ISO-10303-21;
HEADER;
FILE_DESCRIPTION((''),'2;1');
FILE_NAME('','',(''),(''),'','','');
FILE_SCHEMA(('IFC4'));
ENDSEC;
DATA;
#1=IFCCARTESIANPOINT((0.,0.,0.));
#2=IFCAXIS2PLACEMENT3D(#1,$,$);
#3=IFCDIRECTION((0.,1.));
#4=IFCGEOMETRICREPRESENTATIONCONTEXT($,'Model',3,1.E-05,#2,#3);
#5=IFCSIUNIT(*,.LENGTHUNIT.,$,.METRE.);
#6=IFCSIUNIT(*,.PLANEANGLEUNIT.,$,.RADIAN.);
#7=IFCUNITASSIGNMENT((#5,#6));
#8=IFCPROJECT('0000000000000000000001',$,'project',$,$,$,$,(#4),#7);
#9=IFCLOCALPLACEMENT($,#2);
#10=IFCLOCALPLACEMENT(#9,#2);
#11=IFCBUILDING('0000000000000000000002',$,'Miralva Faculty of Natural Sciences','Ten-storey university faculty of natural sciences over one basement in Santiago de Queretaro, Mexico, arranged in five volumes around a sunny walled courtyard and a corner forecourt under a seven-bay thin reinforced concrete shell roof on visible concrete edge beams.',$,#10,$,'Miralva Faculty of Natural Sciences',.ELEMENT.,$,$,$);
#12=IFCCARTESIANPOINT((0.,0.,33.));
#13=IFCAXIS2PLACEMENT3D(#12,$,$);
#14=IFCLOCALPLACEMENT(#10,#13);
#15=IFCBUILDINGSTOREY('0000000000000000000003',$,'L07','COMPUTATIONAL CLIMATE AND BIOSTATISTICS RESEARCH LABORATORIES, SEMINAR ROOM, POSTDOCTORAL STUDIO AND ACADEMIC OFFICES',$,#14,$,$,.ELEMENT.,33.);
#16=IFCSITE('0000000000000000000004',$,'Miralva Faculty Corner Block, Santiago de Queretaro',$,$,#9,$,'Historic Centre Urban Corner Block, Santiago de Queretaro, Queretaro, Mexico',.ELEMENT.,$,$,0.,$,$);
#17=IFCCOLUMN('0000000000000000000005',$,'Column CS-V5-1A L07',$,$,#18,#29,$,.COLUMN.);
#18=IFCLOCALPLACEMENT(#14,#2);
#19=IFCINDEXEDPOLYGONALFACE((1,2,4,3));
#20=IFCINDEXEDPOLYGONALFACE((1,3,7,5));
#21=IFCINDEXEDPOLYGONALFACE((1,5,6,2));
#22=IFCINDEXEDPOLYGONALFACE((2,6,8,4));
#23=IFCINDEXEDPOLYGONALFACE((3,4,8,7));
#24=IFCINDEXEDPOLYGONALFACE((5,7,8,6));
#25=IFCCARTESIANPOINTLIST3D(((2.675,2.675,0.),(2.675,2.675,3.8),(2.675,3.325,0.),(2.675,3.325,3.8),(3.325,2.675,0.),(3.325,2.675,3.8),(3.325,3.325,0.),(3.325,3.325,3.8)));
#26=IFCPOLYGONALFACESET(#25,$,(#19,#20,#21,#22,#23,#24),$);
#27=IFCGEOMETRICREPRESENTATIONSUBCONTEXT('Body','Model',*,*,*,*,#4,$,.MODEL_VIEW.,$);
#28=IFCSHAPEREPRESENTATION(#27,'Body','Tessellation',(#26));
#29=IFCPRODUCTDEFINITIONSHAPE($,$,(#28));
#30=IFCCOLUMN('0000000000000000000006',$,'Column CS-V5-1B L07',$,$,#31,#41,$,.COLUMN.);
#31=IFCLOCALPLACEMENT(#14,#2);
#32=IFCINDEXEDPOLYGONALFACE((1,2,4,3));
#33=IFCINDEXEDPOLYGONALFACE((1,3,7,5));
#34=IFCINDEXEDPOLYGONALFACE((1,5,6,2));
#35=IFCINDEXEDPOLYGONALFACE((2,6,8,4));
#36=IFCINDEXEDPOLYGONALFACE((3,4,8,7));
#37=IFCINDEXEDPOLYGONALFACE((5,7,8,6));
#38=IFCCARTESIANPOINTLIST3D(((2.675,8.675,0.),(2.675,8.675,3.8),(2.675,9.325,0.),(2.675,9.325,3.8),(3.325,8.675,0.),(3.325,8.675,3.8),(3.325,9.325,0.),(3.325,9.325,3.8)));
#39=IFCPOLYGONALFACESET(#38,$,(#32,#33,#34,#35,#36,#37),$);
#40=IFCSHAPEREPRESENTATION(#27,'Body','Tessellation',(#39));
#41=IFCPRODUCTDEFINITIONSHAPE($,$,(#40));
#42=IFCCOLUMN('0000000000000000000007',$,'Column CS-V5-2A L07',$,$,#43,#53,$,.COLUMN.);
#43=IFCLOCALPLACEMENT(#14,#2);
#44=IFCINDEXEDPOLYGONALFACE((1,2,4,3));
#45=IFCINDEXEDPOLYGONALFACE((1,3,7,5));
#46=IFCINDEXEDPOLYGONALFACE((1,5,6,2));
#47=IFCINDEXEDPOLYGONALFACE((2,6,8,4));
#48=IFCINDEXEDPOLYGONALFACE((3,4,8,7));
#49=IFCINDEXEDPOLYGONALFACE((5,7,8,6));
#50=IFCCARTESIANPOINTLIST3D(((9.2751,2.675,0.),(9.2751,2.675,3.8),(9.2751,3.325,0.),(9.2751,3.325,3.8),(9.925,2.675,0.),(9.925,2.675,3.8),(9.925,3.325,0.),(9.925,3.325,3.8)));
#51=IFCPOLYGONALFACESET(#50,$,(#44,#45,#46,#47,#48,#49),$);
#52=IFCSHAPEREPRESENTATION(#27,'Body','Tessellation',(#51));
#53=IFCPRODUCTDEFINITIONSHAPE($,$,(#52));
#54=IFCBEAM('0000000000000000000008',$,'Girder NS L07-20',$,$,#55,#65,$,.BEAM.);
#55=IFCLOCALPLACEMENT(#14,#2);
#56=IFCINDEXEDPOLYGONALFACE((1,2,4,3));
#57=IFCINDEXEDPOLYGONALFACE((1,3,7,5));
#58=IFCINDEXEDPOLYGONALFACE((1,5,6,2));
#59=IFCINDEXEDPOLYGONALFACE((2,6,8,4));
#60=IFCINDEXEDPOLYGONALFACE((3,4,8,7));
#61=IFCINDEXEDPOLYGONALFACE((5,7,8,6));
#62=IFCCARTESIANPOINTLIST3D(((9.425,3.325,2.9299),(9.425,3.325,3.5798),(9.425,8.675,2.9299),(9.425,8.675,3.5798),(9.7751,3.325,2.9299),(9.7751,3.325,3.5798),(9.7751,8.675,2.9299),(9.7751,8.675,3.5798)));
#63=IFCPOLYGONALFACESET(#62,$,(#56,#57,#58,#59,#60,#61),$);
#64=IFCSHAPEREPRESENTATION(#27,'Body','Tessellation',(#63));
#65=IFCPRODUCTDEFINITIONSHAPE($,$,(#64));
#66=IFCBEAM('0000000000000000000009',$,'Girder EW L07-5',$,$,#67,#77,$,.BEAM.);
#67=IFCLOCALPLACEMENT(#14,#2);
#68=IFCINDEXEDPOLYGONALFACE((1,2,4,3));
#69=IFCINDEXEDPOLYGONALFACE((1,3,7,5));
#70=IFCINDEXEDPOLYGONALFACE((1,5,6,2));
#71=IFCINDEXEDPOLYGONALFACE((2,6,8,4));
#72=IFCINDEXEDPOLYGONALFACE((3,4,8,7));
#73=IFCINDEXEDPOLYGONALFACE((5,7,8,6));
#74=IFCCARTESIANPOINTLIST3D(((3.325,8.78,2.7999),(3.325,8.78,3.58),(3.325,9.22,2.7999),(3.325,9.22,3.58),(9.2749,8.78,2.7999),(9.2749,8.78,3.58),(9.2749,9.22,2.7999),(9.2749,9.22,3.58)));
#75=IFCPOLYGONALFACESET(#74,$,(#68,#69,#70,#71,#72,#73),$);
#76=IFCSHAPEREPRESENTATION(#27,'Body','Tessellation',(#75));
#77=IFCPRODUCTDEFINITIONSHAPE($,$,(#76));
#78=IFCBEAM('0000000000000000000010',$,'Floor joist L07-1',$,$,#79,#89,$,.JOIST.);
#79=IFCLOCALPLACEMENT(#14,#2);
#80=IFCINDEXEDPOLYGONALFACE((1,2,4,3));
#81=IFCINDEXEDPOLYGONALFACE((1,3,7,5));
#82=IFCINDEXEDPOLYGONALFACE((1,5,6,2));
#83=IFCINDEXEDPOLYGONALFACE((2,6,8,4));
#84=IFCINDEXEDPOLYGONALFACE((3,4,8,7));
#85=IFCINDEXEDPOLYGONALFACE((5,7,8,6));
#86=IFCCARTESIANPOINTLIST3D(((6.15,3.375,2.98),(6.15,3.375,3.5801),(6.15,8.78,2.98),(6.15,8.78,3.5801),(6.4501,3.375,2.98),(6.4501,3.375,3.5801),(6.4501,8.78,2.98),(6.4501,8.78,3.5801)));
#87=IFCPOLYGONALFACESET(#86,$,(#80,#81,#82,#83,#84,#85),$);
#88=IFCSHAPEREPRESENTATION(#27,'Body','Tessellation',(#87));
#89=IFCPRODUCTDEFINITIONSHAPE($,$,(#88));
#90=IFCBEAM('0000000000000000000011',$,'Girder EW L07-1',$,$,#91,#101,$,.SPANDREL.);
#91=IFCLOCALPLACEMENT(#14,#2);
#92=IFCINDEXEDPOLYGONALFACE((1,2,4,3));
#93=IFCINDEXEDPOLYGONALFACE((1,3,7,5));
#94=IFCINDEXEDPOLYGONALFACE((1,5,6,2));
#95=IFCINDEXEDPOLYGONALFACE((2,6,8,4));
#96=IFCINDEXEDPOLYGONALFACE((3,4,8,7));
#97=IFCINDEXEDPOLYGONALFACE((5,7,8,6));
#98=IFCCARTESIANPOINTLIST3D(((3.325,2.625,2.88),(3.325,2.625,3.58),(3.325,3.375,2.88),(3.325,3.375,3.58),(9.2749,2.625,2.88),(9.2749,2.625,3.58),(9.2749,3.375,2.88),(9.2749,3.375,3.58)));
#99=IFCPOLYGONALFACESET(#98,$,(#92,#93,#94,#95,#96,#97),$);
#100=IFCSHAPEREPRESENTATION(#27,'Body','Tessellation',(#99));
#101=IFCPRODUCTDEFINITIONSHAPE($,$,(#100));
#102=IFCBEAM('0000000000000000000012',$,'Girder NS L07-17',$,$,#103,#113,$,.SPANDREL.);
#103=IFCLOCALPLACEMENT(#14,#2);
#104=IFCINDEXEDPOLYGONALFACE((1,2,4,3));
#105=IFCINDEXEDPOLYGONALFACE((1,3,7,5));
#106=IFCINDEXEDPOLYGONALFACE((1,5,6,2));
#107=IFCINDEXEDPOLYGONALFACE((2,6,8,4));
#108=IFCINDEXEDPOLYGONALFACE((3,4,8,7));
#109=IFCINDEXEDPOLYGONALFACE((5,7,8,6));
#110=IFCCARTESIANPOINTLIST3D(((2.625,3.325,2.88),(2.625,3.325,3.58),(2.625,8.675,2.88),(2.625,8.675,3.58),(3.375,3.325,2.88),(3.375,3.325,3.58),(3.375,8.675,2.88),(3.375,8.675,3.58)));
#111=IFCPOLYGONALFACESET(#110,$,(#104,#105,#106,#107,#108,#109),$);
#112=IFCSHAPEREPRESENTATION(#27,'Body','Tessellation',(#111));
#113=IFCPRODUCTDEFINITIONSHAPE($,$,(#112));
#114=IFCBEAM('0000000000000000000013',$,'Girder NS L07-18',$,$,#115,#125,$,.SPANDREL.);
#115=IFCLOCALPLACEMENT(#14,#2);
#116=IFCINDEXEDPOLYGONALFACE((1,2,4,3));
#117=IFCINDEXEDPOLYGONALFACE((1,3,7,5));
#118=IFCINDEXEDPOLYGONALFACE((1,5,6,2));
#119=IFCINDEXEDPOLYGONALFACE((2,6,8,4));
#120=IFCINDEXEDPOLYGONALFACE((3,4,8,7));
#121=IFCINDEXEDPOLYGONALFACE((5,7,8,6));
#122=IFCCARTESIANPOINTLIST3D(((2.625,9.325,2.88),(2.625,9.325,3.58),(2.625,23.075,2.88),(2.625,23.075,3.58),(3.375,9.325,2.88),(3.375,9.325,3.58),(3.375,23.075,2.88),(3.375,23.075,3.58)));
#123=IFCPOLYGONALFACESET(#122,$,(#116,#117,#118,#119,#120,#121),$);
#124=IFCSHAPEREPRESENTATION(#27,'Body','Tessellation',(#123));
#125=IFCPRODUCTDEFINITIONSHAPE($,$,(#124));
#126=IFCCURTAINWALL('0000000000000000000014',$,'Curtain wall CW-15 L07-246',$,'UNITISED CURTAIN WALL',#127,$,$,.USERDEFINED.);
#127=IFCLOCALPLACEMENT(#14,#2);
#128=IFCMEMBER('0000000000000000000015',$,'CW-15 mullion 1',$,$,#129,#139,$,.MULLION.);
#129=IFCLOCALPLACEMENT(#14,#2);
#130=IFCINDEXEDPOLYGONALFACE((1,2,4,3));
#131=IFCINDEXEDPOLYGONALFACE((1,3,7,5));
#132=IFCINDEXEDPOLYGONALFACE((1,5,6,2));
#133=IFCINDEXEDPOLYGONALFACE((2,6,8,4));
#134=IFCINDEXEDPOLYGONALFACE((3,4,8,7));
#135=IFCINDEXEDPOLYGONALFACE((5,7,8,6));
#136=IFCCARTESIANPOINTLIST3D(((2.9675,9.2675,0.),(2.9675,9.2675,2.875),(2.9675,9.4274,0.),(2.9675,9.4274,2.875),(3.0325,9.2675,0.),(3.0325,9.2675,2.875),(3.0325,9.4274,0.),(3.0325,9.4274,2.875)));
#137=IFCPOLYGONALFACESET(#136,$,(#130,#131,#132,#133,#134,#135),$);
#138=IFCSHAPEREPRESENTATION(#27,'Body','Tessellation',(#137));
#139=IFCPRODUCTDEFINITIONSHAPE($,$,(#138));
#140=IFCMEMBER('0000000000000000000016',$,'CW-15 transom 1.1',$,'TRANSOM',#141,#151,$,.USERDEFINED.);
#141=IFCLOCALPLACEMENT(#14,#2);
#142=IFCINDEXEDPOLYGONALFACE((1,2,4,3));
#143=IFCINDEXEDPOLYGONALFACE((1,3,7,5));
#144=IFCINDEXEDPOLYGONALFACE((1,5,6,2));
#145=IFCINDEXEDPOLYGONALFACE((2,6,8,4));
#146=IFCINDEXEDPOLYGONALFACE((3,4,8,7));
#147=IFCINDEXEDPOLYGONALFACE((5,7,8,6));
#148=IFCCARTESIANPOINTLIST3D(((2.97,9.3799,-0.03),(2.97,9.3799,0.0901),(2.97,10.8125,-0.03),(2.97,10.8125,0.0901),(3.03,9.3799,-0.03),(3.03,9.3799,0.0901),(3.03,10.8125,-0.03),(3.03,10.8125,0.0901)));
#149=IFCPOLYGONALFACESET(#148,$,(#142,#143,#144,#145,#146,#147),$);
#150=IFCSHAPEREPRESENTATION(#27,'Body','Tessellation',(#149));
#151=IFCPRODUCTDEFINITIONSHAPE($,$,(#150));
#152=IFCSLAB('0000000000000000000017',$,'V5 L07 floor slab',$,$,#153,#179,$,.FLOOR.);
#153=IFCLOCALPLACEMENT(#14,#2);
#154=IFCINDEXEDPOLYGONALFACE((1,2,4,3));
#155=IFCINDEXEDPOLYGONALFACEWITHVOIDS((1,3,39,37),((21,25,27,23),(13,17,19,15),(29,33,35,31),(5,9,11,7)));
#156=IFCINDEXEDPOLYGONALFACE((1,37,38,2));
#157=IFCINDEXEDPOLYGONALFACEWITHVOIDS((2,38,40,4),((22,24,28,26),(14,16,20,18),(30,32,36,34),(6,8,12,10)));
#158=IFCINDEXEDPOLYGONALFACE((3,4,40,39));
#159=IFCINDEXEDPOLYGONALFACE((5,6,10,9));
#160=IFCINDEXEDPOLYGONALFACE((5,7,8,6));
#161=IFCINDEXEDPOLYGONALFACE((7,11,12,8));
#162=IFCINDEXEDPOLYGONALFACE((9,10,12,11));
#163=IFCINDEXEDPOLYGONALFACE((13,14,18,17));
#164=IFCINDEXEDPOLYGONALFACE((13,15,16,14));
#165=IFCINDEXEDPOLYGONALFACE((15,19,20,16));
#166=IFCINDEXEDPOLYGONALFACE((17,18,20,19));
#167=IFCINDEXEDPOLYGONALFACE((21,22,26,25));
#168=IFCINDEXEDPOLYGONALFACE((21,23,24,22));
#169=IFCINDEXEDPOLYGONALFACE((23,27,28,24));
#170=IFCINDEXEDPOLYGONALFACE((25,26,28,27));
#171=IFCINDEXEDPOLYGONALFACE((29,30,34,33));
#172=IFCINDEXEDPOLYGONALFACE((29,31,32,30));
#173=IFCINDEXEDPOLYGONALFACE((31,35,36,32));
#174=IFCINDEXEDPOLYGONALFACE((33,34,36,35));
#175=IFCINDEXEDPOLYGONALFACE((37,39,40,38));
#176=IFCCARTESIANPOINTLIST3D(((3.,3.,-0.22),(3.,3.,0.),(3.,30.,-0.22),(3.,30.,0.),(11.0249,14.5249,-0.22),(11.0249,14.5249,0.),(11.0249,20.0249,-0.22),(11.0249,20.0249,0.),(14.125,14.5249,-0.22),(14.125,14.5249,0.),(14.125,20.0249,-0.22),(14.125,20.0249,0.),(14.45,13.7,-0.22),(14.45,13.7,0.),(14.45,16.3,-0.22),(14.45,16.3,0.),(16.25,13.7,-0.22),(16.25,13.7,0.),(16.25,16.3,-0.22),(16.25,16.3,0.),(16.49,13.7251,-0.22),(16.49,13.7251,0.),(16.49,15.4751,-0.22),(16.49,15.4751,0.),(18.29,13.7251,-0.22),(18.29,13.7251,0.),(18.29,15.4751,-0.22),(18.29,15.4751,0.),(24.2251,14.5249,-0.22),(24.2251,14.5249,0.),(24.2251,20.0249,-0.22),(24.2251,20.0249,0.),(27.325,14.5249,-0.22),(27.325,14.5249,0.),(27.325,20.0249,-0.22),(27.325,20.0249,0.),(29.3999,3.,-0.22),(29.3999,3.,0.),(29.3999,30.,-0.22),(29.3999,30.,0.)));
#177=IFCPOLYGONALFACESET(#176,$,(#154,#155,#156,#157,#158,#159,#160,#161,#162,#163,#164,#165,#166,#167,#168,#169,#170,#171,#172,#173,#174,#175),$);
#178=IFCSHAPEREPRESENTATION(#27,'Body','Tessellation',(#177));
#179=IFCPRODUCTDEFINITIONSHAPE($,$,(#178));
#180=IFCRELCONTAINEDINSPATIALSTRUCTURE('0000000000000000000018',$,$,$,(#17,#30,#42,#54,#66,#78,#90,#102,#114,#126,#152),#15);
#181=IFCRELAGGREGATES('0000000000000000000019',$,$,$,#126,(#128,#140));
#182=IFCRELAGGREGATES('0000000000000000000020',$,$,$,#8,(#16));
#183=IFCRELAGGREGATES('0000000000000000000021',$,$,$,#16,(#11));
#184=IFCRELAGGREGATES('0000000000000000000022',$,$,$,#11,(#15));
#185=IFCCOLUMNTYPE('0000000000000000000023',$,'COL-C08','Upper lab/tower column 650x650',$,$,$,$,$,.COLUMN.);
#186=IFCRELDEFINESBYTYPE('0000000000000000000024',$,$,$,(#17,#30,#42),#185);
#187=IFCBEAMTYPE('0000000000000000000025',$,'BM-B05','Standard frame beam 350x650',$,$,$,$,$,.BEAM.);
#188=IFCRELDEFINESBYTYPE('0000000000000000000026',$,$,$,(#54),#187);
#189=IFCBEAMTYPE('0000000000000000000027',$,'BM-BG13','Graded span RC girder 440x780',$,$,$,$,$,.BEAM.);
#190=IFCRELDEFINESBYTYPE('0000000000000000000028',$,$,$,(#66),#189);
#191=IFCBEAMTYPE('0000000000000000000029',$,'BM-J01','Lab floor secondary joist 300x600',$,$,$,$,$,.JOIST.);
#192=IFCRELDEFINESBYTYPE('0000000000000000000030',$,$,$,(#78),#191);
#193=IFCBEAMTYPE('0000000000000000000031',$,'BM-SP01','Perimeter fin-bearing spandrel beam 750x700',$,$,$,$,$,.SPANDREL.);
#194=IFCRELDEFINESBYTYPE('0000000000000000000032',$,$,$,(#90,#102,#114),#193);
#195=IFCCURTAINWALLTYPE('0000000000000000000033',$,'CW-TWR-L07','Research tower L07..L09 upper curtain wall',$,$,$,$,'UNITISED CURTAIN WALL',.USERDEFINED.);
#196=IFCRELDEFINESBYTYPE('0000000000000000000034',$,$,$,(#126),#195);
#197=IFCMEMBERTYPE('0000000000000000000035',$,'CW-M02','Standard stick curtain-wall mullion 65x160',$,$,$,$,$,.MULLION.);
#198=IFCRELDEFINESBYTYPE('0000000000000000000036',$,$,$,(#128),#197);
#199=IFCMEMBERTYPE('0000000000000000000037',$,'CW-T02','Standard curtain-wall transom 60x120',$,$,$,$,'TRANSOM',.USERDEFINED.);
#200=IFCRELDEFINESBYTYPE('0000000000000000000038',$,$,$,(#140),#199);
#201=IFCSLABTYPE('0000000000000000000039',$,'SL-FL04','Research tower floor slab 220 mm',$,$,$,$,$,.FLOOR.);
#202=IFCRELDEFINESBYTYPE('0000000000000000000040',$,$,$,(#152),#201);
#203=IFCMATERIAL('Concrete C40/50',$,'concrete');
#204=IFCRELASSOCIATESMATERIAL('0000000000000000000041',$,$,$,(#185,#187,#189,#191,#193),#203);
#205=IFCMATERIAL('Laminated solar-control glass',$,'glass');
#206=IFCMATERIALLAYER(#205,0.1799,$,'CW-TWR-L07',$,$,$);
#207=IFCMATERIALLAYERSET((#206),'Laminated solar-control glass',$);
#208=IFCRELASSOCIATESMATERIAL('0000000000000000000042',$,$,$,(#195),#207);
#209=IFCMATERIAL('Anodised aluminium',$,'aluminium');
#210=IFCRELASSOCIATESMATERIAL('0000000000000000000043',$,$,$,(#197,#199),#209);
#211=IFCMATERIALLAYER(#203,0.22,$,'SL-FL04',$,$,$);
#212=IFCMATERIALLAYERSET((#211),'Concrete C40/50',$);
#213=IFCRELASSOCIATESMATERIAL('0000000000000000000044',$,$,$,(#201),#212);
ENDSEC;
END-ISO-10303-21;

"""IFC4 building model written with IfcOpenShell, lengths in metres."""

from ifc_helpers import new_model, si_unit, direction, frame, origin, origin_2d, place, context, subcontext, project, spatial, polyline, rectangle, outline, extrude, material, layer, layer_set, material_profile, profile_set, type_object, element, aggregate, save


model = new_model("IFC4")

# Units and contexts
model_context = context("Model", 3, precision=1e-05, world=origin(), true_north=direction((0.0, 1.0)))
body_context = subcontext(model_context, "Body", "Model", "MODEL_VIEW")
ifc_project = project(units=[si_unit("LENGTHUNIT", "METRE"), si_unit("PLANEANGLEUNIT", "RADIAN")], contexts=[model_context])

# Site, building, storey
site_placement = place(None, origin())
site = spatial("IfcSite", under=ifc_project, at=site_placement, Name="Miralva Faculty Corner Block, Santiago de Queretaro", LongName="Historic Centre Urban Corner Block, Santiago de Queretaro, Queretaro, Mexico", CompositionType="ELEMENT", RefElevation=0.0)
building_placement = place(site_placement, origin())
building = spatial("IfcBuilding", under=site, at=building_placement, Name="Miralva Faculty of Natural Sciences", Description="Ten-storey university faculty of natural sciences over one basement in Santiago de Queretaro, Mexico, arranged in five volumes around a sunny walled courtyard and a corner forecourt under a seven-bay thin reinforced concrete shell roof on visible concrete edge beams.", LongName="Miralva Faculty of Natural Sciences", CompositionType="ELEMENT")
storey_placement = place(building_placement, frame((0.0, 0.0, 33.0)))
storey = spatial("IfcBuildingStorey", under=building, at=storey_placement, Name="L07", Description="COMPUTATIONAL CLIMATE AND BIOSTATISTICS RESEARCH LABORATORIES, SEMINAR ROOM, POSTDOCTORAL STUDIO AND ACADEMIC OFFICES", CompositionType="ELEMENT", Elevation=33.0)

# Columns
ifc_material_1 = material(Name="Concrete C40/50", Category="concrete")
ifc_material_profile_1 = material_profile(ifc_material_1, rectangle(XDim=0.6499, YDim=0.6499, at=origin_2d()), Name="RC 650x650")
ifc_profile_set_1 = profile_set([ifc_material_profile_1], Name="Concrete C40/50")
column_type = type_object("IfcColumnType", Name="COL-C08", Description="Upper lab/tower column 650x650", PredefinedType="COLUMN", material=ifc_profile_set_1)
for number, where, z_axis, x_axis, name in (
    (1, (3.0, 3.0, 0.0), (0.0, 0.0, 1.0), (1.0, 0.0, 0.0), "Column CS-V5-1A L07"),
    (2, (3.0, 9.0, 0.0), (0.0, 0.0, 1.0), (1.0, 0.0, 0.0), "Column CS-V5-1B L07"),
    (3, (9.6001, 3.0, 0.0), (0.0, 0.0, 1.0), (1.0, 0.0, 0.0), "Column CS-V5-2A L07"),
):
    element("IfcColumn", number, at=place(storey_placement, frame(where, z_axis=z_axis, x_axis=x_axis)), inside=storey, type_object=column_type, Name=name, PredefinedType="COLUMN", context=body_context, shape_type="SweptSolid", body=[
        extrude(rectangle(XDim=0.6499, YDim=0.6499, at=origin_2d()), origin(), (0.0, 0.0, 1.0), 3.8),
    ])

# Beams
ifc_material_profile_2 = material_profile(ifc_material_1, rectangle(XDim=0.3501, YDim=0.6499, at=origin_2d()), Name="RC 350x650")
ifc_profile_set_2 = profile_set([ifc_material_profile_2], Name="Concrete C40/50")
beam_type_1 = type_object("IfcBeamType", Name="BM-B05", Description="Standard frame beam 350x650", PredefinedType="BEAM", material=ifc_profile_set_2)
beam_1_placement = place(storey_placement, frame((9.6001, 3.325, 3.2549), z_axis=(0.0, 1.0, 0.0), x_axis=(-1.0, 0.0, 0.0)))
element("IfcBeam", 4, at=beam_1_placement, inside=storey, type_object=beam_type_1, Name="Girder NS L07-20", PredefinedType="BEAM", context=body_context, shape_type="SweptSolid", body=[
    extrude(rectangle(XDim=0.3501, YDim=0.6499, at=origin_2d()), origin(), (0.0, 0.0, 1.0), 5.3501),
])
ifc_material_profile_3 = material_profile(ifc_material_1, rectangle(XDim=0.4399, YDim=0.78, at=origin_2d()), Name="RC 440x780")
ifc_profile_set_3 = profile_set([ifc_material_profile_3], Name="Concrete C40/50")
beam_type_2 = type_object("IfcBeamType", Name="BM-BG13", Description="Graded span RC girder 440x780", PredefinedType="BEAM", material=ifc_profile_set_3)
beam_2_placement = place(storey_placement, frame((3.325, 9.0, 3.1899), z_axis=(1.0, 0.0, 0.0), x_axis=(0.0, 1.0, 0.0)))
element("IfcBeam", 5, at=beam_2_placement, inside=storey, type_object=beam_type_2, Name="Girder EW L07-5", PredefinedType="BEAM", context=body_context, shape_type="SweptSolid", body=[
    extrude(rectangle(XDim=0.4399, YDim=0.78, at=origin_2d()), origin(), (0.0, 0.0, 1.0), 5.95),
])
ifc_material_profile_4 = material_profile(ifc_material_1, rectangle(XDim=0.3, YDim=0.6001, at=origin_2d()), Name="RC 300x600")
ifc_profile_set_4 = profile_set([ifc_material_profile_4], Name="Concrete C40/50")
beam_type_3 = type_object("IfcBeamType", Name="BM-J01", Description="Lab floor secondary joist 300x600", PredefinedType="JOIST", material=ifc_profile_set_4)
beam_3_placement = place(storey_placement, frame((6.3, 3.375, 3.28), z_axis=(0.0, 1.0, 0.0), x_axis=(-1.0, 0.0, 0.0)))
element("IfcBeam", 6, at=beam_3_placement, inside=storey, type_object=beam_type_3, Name="Floor joist L07-1", PredefinedType="JOIST", context=body_context, shape_type="SweptSolid", body=[
    extrude(rectangle(XDim=0.3, YDim=0.6001, at=origin_2d()), origin(), (0.0, 0.0, 1.0), 5.405),
])
ifc_material_profile_5 = material_profile(ifc_material_1, rectangle(XDim=0.75, YDim=0.7, at=origin_2d()), Name="RC 750x700")
ifc_profile_set_5 = profile_set([ifc_material_profile_5], Name="Concrete C40/50")
beam_type_4 = type_object("IfcBeamType", Name="BM-SP01", Description="Perimeter fin-bearing spandrel beam 750x700", PredefinedType="SPANDREL", material=ifc_profile_set_5)
beam_4_placement = place(storey_placement, frame((3.325, 3.0, 3.23), z_axis=(1.0, 0.0, 0.0), x_axis=(0.0, 1.0, 0.0)))
element("IfcBeam", 7, at=beam_4_placement, inside=storey, type_object=beam_type_4, Name="Girder EW L07-1", PredefinedType="SPANDREL", context=body_context, shape_type="SweptSolid", body=[
    extrude(rectangle(XDim=0.75, YDim=0.7, at=origin_2d()), origin(), (0.0, 0.0, 1.0), 5.95),
])
beam_5_placement = place(storey_placement, frame((3.0, 3.325, 3.23), z_axis=(0.0, 1.0, 0.0), x_axis=(-1.0, 0.0, 0.0)))
element("IfcBeam", 8, at=beam_5_placement, inside=storey, type_object=beam_type_4, Name="Girder NS L07-17", PredefinedType="SPANDREL", context=body_context, shape_type="SweptSolid", body=[
    extrude(rectangle(XDim=0.75, YDim=0.7, at=origin_2d()), origin(), (0.0, 0.0, 1.0), 5.3501),
])
beam_6_placement = place(storey_placement, frame((3.0, 9.325, 3.23), z_axis=(0.0, 1.0, 0.0), x_axis=(-1.0, 0.0, 0.0)))
element("IfcBeam", 9, at=beam_6_placement, inside=storey, type_object=beam_type_4, Name="Girder NS L07-18", PredefinedType="SPANDREL", context=body_context, shape_type="SweptSolid", body=[
    extrude(rectangle(XDim=0.75, YDim=0.7, at=origin_2d()), origin(), (0.0, 0.0, 1.0), 13.75),
])

# Curtain wall, members
ifc_material_2 = material(Name="Laminated solar-control glass", Category="glass")
ifc_layer_1 = layer(ifc_material_2, 0.1799, Name="CW-TWR-L07")
ifc_layer_set_1 = layer_set([ifc_layer_1], Name="Laminated solar-control glass")
curtain_wall_type = type_object("IfcCurtainWallType", Name="CW-TWR-L07", Description="Research tower L07..L09 upper curtain wall", ElementType="UNITISED CURTAIN WALL", PredefinedType="USERDEFINED", material=ifc_layer_set_1)
curtain_wall_placement = place(storey_placement, origin())
curtain_wall = element("IfcCurtainWall", 10, at=curtain_wall_placement, inside=storey, type_object=curtain_wall_type, Name="Curtain wall CW-15 L07-246", ObjectType="UNITISED CURTAIN WALL", PredefinedType="USERDEFINED")
ifc_material_3 = material(Name="Anodised aluminium", Category="aluminium")
ifc_material_profile_6 = material_profile(ifc_material_3, rectangle(XDim=0.0649, YDim=0.1599, at=origin_2d()), Name="MULLION 65x160")
ifc_profile_set_6 = profile_set([ifc_material_profile_6], Name="Anodised aluminium")
member_type_1 = type_object("IfcMemberType", Name="CW-M02", Description="Standard stick curtain-wall mullion 65x160", PredefinedType="MULLION", material=ifc_profile_set_6)
member_1_placement = place(storey_placement, frame((3.0, 9.3474, 0.0), z_axis=(0.0, 0.0, 1.0), x_axis=(-1.0, 0.0, 0.0)))
member_1 = element("IfcMember", 11, at=member_1_placement, type_object=member_type_1, Name="CW-15 mullion 1", PredefinedType="MULLION", context=body_context, shape_type="SweptSolid", body=[
    extrude(rectangle(XDim=0.0649, YDim=0.1599, at=origin_2d()), origin(), (0.0, 0.0, 1.0), 2.875),
])
ifc_material_profile_7 = material_profile(ifc_material_3, rectangle(XDim=0.0601, YDim=0.1201, at=origin_2d()), Name="TRANSOM 60x120")
ifc_profile_set_7 = profile_set([ifc_material_profile_7], Name="Anodised aluminium")
member_type_2 = type_object("IfcMemberType", Name="CW-T02", Description="Standard curtain-wall transom 60x120", ElementType="TRANSOM", PredefinedType="USERDEFINED", material=ifc_profile_set_7)
member_2_placement = place(storey_placement, frame((3.0, 9.3799, 0.03), z_axis=(0.0, 1.0, 0.0), x_axis=(-1.0, 0.0, 0.0)))
member_2 = element("IfcMember", 12, at=member_2_placement, type_object=member_type_2, Name="CW-15 transom 1.1", ObjectType="TRANSOM", PredefinedType="USERDEFINED", context=body_context, shape_type="SweptSolid", body=[
    extrude(rectangle(XDim=0.0601, YDim=0.1201, at=origin_2d()), origin(), (0.0, 0.0, 1.0), 1.4326),
])
aggregate(curtain_wall, [member_1, member_2])

# Slab
ifc_layer_2 = layer(ifc_material_1, 0.22, Name="SL-FL04")
ifc_layer_set_2 = layer_set([ifc_layer_2], Name="Concrete C40/50")
slab_type_1 = type_object("IfcSlabType", Name="SL-FL04", Description="Research tower floor slab 220 mm", PredefinedType="FLOOR", material=ifc_layer_set_2)
slab_1_placement = place(storey_placement, frame((0.0, 0.0, -0.22)))
element("IfcSlab", 13, at=slab_1_placement, inside=storey, type_object=slab_type_1, Name="V5 L07 floor slab", PredefinedType="FLOOR", context=body_context, shape_type="SweptSolid", body=[
    extrude(outline(polyline([(29.3999, 3.0), (3.0, 3.0), (3.0, 30.0), (29.3999, 30.0), (29.3999, 3.0)]), holes=[polyline([(14.125, 14.5249), (11.0249, 14.5249), (11.0249, 20.0249), (14.125, 20.0249), (14.125, 14.5249)]), polyline([(16.25, 13.7), (14.45, 13.7), (14.45, 16.3), (16.25, 16.3), (16.25, 13.7)]), polyline([(18.29, 13.7251), (16.49, 13.7251), (16.49, 15.4751), (18.29, 15.4751), (18.29, 13.7251)]), polyline([(27.325, 14.5249), (24.2251, 14.5249), (24.2251, 20.0249), (27.325, 20.0249), (27.325, 14.5249)])]), origin(), (0.0, 0.0, 1.0), 0.22),
])

save(model, "model.ifc")
